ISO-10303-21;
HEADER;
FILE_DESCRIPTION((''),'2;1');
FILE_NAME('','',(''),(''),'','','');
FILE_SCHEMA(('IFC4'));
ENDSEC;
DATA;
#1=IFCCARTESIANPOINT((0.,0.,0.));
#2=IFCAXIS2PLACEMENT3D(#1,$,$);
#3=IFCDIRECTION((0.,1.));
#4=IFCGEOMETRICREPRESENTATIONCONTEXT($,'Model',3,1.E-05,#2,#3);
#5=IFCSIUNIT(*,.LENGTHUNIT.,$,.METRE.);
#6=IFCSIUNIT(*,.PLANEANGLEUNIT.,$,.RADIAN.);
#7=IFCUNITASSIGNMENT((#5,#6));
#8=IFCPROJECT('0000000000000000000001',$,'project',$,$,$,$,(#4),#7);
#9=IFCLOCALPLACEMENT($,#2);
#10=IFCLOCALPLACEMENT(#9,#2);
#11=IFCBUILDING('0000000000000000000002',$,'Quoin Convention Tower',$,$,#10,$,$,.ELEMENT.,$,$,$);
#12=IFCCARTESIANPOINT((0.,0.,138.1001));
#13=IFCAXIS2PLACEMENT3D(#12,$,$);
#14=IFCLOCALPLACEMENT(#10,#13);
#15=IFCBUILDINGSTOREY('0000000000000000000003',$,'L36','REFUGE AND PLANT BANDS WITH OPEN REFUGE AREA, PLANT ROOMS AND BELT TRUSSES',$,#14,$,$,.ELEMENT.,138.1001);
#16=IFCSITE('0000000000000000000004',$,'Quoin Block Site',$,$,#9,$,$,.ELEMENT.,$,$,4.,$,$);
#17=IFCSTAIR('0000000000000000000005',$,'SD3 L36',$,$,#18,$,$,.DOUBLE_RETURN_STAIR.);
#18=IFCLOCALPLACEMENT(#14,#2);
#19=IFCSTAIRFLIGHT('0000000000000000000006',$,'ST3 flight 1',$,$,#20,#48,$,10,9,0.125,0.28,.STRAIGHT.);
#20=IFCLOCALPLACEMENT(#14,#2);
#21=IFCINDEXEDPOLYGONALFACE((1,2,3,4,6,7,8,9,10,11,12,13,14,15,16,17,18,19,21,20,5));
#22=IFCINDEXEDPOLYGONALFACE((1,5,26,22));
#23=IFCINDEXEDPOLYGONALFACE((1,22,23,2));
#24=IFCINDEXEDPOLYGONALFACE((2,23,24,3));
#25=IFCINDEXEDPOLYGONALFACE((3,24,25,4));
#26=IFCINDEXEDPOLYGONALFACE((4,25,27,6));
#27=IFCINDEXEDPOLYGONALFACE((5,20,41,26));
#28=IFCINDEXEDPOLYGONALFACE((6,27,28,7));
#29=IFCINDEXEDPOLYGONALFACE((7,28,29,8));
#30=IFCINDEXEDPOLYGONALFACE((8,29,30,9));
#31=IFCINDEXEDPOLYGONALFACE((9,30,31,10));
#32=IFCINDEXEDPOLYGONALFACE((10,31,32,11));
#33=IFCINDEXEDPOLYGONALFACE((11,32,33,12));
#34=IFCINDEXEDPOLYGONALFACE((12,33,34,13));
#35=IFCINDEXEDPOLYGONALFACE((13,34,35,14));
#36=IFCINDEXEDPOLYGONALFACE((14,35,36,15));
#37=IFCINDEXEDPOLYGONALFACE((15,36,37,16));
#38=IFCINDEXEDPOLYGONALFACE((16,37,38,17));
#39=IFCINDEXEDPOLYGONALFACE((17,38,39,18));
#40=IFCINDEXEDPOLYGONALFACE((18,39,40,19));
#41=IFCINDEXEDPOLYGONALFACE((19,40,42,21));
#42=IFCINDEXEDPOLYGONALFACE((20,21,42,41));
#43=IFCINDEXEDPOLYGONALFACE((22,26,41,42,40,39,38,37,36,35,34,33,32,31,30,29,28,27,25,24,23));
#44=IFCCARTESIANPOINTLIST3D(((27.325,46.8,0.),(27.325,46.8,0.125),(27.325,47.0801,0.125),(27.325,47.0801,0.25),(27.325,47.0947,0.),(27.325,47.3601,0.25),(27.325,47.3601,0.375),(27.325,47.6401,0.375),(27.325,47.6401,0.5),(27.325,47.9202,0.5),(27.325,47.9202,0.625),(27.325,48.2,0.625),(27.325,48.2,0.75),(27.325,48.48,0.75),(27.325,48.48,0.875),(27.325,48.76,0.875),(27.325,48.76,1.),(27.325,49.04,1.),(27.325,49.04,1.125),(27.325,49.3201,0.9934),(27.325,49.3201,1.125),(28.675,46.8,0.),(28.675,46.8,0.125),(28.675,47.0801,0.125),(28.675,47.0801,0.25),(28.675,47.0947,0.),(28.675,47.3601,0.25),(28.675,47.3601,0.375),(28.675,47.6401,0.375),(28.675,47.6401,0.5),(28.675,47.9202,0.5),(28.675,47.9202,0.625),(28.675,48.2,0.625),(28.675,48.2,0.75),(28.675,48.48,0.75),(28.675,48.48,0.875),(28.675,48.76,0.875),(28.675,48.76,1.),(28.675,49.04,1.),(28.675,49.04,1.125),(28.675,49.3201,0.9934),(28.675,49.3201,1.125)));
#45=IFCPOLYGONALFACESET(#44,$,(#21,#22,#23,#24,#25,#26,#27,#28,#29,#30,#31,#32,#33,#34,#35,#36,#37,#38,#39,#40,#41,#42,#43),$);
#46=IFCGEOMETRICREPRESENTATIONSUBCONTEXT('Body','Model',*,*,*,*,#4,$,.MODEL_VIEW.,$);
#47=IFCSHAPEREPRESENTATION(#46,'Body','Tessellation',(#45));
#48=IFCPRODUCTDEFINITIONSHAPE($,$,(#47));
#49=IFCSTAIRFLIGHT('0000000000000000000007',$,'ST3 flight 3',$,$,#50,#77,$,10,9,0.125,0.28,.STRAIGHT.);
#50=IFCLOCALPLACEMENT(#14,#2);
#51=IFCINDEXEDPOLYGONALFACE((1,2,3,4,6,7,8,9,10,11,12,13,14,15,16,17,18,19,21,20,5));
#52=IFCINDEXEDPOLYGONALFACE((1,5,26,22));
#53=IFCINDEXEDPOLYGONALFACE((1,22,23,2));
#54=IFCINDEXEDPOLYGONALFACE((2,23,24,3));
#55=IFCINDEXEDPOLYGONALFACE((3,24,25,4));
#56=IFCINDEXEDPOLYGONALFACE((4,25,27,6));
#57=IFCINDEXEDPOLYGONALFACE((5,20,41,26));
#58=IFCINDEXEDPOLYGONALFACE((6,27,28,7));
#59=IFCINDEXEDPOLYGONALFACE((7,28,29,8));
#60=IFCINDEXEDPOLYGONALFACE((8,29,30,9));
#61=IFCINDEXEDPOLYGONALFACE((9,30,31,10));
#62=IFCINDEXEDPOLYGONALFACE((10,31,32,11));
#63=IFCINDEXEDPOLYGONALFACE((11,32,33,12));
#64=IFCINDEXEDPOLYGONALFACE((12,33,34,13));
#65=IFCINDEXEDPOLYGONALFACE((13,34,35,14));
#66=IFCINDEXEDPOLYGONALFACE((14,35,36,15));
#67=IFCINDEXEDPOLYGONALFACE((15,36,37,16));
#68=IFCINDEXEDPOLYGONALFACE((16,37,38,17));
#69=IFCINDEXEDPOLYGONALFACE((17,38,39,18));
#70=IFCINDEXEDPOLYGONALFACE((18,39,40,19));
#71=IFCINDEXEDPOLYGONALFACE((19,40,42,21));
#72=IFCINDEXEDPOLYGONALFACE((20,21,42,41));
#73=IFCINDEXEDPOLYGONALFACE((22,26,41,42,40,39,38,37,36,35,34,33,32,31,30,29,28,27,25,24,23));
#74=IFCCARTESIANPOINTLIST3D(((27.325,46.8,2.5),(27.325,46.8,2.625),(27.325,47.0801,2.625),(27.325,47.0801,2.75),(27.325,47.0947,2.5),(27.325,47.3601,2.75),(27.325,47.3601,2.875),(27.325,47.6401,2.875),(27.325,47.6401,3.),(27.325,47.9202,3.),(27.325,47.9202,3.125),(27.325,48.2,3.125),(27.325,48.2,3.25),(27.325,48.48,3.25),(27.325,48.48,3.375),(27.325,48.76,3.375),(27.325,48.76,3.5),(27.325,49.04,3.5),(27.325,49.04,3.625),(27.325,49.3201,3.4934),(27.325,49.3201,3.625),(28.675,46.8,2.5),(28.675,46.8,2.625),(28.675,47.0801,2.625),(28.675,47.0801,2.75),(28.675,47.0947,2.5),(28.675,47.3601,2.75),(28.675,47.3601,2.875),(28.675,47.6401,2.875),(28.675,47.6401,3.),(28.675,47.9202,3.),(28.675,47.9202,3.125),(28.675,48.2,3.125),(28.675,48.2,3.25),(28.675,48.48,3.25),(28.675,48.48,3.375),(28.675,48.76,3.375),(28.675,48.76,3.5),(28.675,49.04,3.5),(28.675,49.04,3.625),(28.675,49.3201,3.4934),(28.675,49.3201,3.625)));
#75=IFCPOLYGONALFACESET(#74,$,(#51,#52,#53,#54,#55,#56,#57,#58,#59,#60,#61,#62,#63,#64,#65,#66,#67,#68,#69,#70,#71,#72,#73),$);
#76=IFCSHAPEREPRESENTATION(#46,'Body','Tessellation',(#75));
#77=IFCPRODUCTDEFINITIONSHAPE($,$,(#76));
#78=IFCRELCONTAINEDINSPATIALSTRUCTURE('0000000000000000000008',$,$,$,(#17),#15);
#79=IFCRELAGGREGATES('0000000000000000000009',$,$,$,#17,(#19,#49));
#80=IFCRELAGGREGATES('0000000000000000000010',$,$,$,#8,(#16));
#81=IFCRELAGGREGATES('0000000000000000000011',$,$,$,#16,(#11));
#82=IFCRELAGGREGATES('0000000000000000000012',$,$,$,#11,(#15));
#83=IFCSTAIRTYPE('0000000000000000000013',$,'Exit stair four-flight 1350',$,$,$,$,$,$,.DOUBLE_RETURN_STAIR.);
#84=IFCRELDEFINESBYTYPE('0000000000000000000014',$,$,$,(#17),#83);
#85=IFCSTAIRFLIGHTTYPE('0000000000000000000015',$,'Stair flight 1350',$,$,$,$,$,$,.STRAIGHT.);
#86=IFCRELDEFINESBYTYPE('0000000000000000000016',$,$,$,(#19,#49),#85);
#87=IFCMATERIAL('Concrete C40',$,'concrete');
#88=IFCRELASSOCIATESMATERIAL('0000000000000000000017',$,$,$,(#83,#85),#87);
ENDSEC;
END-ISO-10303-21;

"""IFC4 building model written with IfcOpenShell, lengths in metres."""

from ifc_helpers import new_model, si_unit, direction, frame, origin, place, context, subcontext, project, spatial, polyline, outline, extrude, material, type_object, element, aggregate, save


model = new_model("IFC4")

# Units and contexts
model_context = context("Model", 3, precision=1e-05, world=origin(), true_north=direction((0.0, 1.0)))
body_context = subcontext(model_context, "Body", "Model", "MODEL_VIEW")
ifc_project = project(units=[si_unit("LENGTHUNIT", "METRE"), si_unit("PLANEANGLEUNIT", "RADIAN")], contexts=[model_context])

# Site, building, storey
site_placement = place(None, origin())
site = spatial("IfcSite", under=ifc_project, at=site_placement, Name="Quoin Block Site", CompositionType="ELEMENT", RefElevation=4.0)
building_placement = place(site_placement, origin())
building = spatial("IfcBuilding", under=site, at=building_placement, Name="Quoin Convention Tower", CompositionType="ELEMENT")
storey_placement = place(building_placement, frame((0.0, 0.0, 138.1001)))
storey = spatial("IfcBuildingStorey", under=building, at=storey_placement, Name="L36", Description="REFUGE AND PLANT BANDS WITH OPEN REFUGE AREA, PLANT ROOMS AND BELT TRUSSES", CompositionType="ELEMENT", Elevation=138.1001)

# Stair, stair flights
ifc_material_1 = material(Name="Concrete C40", Category="concrete")
stair_type = type_object("IfcStairType", Name="Exit stair four-flight 1350", PredefinedType="DOUBLE_RETURN_STAIR", material=ifc_material_1)
stair_placement = place(storey_placement, origin())
stair = element("IfcStair", 1, at=stair_placement, inside=storey, type_object=stair_type, Name="SD3 L36", PredefinedType="DOUBLE_RETURN_STAIR")
stair_flight_type = type_object("IfcStairFlightType", Name="Stair flight 1350", PredefinedType="STRAIGHT", material=ifc_material_1)
stair_flight_1_placement = place(storey_placement, frame((28.0, 46.8, 0.0), z_axis=(0.0, 0.0, 1.0), x_axis=(0.0, 1.0, 0.0)))
stair_flight_1 = element("IfcStairFlight", 2, at=stair_flight_1_placement, type_object=stair_flight_type, Name="ST3 flight 1", NumberOfRisers=10, NumberOfTreads=9, PredefinedType="STRAIGHT", RiserHeight=0.125, TreadLength=0.28, context=body_context, shape_type="SweptSolid", body=[
    extrude(outline(polyline([(0.0, 0.0), (0.0, 0.125), (0.28, 0.125), (0.28, 0.25), (0.5601, 0.25), (0.5601, 0.375), (0.8401, 0.375), (0.8401, 0.5), (1.1201, 0.5), (1.1201, 0.625), (1.3999, 0.625), (1.3999, 0.75), (1.6799, 0.75), (1.6799, 0.875), (1.96, 0.875), (1.96, 1.0), (2.24, 1.0), (2.24, 1.125), (2.52, 1.125), (2.52, 1.25), (2.52, 0.9934), (0.2947, 0.0), (0.0, 0.0)])), frame((0.0, 0.675, 0.0), z_axis=(0.0, -1.0, 0.0), x_axis=(1.0, 0.0, 0.0)), (0.0, 0.0, 1.0), 1.3501),
])
stair_flight_2_placement = place(storey_placement, frame((28.0, 46.8, 2.5), z_axis=(0.0, 0.0, 1.0), x_axis=(0.0, 1.0, 0.0)))
stair_flight_2 = element("IfcStairFlight", 3, at=stair_flight_2_placement, type_object=stair_flight_type, Name="ST3 flight 3", NumberOfRisers=10, NumberOfTreads=9, PredefinedType="STRAIGHT", RiserHeight=0.125, TreadLength=0.28, context=body_context, shape_type="SweptSolid", body=[
    extrude(outline(polyline([(0.0, 0.0), (0.0, 0.125), (0.28, 0.125), (0.28, 0.25), (0.5601, 0.25), (0.5601, 0.375), (0.8401, 0.375), (0.8401, 0.5), (1.1201, 0.5), (1.1201, 0.625), (1.3999, 0.625), (1.3999, 0.75), (1.6799, 0.75), (1.6799, 0.875), (1.96, 0.875), (1.96, 1.0), (2.24, 1.0), (2.24, 1.125), (2.52, 1.125), (2.52, 1.25), (2.52, 0.9934), (0.2947, 0.0), (0.0, 0.0)])), frame((0.0, 0.675, 0.0), z_axis=(0.0, -1.0, 0.0), x_axis=(1.0, 0.0, 0.0)), (0.0, 0.0, 1.0), 1.3501),
])
aggregate(stair, [stair_flight_1, stair_flight_2])

save(model, "model.ifc")
